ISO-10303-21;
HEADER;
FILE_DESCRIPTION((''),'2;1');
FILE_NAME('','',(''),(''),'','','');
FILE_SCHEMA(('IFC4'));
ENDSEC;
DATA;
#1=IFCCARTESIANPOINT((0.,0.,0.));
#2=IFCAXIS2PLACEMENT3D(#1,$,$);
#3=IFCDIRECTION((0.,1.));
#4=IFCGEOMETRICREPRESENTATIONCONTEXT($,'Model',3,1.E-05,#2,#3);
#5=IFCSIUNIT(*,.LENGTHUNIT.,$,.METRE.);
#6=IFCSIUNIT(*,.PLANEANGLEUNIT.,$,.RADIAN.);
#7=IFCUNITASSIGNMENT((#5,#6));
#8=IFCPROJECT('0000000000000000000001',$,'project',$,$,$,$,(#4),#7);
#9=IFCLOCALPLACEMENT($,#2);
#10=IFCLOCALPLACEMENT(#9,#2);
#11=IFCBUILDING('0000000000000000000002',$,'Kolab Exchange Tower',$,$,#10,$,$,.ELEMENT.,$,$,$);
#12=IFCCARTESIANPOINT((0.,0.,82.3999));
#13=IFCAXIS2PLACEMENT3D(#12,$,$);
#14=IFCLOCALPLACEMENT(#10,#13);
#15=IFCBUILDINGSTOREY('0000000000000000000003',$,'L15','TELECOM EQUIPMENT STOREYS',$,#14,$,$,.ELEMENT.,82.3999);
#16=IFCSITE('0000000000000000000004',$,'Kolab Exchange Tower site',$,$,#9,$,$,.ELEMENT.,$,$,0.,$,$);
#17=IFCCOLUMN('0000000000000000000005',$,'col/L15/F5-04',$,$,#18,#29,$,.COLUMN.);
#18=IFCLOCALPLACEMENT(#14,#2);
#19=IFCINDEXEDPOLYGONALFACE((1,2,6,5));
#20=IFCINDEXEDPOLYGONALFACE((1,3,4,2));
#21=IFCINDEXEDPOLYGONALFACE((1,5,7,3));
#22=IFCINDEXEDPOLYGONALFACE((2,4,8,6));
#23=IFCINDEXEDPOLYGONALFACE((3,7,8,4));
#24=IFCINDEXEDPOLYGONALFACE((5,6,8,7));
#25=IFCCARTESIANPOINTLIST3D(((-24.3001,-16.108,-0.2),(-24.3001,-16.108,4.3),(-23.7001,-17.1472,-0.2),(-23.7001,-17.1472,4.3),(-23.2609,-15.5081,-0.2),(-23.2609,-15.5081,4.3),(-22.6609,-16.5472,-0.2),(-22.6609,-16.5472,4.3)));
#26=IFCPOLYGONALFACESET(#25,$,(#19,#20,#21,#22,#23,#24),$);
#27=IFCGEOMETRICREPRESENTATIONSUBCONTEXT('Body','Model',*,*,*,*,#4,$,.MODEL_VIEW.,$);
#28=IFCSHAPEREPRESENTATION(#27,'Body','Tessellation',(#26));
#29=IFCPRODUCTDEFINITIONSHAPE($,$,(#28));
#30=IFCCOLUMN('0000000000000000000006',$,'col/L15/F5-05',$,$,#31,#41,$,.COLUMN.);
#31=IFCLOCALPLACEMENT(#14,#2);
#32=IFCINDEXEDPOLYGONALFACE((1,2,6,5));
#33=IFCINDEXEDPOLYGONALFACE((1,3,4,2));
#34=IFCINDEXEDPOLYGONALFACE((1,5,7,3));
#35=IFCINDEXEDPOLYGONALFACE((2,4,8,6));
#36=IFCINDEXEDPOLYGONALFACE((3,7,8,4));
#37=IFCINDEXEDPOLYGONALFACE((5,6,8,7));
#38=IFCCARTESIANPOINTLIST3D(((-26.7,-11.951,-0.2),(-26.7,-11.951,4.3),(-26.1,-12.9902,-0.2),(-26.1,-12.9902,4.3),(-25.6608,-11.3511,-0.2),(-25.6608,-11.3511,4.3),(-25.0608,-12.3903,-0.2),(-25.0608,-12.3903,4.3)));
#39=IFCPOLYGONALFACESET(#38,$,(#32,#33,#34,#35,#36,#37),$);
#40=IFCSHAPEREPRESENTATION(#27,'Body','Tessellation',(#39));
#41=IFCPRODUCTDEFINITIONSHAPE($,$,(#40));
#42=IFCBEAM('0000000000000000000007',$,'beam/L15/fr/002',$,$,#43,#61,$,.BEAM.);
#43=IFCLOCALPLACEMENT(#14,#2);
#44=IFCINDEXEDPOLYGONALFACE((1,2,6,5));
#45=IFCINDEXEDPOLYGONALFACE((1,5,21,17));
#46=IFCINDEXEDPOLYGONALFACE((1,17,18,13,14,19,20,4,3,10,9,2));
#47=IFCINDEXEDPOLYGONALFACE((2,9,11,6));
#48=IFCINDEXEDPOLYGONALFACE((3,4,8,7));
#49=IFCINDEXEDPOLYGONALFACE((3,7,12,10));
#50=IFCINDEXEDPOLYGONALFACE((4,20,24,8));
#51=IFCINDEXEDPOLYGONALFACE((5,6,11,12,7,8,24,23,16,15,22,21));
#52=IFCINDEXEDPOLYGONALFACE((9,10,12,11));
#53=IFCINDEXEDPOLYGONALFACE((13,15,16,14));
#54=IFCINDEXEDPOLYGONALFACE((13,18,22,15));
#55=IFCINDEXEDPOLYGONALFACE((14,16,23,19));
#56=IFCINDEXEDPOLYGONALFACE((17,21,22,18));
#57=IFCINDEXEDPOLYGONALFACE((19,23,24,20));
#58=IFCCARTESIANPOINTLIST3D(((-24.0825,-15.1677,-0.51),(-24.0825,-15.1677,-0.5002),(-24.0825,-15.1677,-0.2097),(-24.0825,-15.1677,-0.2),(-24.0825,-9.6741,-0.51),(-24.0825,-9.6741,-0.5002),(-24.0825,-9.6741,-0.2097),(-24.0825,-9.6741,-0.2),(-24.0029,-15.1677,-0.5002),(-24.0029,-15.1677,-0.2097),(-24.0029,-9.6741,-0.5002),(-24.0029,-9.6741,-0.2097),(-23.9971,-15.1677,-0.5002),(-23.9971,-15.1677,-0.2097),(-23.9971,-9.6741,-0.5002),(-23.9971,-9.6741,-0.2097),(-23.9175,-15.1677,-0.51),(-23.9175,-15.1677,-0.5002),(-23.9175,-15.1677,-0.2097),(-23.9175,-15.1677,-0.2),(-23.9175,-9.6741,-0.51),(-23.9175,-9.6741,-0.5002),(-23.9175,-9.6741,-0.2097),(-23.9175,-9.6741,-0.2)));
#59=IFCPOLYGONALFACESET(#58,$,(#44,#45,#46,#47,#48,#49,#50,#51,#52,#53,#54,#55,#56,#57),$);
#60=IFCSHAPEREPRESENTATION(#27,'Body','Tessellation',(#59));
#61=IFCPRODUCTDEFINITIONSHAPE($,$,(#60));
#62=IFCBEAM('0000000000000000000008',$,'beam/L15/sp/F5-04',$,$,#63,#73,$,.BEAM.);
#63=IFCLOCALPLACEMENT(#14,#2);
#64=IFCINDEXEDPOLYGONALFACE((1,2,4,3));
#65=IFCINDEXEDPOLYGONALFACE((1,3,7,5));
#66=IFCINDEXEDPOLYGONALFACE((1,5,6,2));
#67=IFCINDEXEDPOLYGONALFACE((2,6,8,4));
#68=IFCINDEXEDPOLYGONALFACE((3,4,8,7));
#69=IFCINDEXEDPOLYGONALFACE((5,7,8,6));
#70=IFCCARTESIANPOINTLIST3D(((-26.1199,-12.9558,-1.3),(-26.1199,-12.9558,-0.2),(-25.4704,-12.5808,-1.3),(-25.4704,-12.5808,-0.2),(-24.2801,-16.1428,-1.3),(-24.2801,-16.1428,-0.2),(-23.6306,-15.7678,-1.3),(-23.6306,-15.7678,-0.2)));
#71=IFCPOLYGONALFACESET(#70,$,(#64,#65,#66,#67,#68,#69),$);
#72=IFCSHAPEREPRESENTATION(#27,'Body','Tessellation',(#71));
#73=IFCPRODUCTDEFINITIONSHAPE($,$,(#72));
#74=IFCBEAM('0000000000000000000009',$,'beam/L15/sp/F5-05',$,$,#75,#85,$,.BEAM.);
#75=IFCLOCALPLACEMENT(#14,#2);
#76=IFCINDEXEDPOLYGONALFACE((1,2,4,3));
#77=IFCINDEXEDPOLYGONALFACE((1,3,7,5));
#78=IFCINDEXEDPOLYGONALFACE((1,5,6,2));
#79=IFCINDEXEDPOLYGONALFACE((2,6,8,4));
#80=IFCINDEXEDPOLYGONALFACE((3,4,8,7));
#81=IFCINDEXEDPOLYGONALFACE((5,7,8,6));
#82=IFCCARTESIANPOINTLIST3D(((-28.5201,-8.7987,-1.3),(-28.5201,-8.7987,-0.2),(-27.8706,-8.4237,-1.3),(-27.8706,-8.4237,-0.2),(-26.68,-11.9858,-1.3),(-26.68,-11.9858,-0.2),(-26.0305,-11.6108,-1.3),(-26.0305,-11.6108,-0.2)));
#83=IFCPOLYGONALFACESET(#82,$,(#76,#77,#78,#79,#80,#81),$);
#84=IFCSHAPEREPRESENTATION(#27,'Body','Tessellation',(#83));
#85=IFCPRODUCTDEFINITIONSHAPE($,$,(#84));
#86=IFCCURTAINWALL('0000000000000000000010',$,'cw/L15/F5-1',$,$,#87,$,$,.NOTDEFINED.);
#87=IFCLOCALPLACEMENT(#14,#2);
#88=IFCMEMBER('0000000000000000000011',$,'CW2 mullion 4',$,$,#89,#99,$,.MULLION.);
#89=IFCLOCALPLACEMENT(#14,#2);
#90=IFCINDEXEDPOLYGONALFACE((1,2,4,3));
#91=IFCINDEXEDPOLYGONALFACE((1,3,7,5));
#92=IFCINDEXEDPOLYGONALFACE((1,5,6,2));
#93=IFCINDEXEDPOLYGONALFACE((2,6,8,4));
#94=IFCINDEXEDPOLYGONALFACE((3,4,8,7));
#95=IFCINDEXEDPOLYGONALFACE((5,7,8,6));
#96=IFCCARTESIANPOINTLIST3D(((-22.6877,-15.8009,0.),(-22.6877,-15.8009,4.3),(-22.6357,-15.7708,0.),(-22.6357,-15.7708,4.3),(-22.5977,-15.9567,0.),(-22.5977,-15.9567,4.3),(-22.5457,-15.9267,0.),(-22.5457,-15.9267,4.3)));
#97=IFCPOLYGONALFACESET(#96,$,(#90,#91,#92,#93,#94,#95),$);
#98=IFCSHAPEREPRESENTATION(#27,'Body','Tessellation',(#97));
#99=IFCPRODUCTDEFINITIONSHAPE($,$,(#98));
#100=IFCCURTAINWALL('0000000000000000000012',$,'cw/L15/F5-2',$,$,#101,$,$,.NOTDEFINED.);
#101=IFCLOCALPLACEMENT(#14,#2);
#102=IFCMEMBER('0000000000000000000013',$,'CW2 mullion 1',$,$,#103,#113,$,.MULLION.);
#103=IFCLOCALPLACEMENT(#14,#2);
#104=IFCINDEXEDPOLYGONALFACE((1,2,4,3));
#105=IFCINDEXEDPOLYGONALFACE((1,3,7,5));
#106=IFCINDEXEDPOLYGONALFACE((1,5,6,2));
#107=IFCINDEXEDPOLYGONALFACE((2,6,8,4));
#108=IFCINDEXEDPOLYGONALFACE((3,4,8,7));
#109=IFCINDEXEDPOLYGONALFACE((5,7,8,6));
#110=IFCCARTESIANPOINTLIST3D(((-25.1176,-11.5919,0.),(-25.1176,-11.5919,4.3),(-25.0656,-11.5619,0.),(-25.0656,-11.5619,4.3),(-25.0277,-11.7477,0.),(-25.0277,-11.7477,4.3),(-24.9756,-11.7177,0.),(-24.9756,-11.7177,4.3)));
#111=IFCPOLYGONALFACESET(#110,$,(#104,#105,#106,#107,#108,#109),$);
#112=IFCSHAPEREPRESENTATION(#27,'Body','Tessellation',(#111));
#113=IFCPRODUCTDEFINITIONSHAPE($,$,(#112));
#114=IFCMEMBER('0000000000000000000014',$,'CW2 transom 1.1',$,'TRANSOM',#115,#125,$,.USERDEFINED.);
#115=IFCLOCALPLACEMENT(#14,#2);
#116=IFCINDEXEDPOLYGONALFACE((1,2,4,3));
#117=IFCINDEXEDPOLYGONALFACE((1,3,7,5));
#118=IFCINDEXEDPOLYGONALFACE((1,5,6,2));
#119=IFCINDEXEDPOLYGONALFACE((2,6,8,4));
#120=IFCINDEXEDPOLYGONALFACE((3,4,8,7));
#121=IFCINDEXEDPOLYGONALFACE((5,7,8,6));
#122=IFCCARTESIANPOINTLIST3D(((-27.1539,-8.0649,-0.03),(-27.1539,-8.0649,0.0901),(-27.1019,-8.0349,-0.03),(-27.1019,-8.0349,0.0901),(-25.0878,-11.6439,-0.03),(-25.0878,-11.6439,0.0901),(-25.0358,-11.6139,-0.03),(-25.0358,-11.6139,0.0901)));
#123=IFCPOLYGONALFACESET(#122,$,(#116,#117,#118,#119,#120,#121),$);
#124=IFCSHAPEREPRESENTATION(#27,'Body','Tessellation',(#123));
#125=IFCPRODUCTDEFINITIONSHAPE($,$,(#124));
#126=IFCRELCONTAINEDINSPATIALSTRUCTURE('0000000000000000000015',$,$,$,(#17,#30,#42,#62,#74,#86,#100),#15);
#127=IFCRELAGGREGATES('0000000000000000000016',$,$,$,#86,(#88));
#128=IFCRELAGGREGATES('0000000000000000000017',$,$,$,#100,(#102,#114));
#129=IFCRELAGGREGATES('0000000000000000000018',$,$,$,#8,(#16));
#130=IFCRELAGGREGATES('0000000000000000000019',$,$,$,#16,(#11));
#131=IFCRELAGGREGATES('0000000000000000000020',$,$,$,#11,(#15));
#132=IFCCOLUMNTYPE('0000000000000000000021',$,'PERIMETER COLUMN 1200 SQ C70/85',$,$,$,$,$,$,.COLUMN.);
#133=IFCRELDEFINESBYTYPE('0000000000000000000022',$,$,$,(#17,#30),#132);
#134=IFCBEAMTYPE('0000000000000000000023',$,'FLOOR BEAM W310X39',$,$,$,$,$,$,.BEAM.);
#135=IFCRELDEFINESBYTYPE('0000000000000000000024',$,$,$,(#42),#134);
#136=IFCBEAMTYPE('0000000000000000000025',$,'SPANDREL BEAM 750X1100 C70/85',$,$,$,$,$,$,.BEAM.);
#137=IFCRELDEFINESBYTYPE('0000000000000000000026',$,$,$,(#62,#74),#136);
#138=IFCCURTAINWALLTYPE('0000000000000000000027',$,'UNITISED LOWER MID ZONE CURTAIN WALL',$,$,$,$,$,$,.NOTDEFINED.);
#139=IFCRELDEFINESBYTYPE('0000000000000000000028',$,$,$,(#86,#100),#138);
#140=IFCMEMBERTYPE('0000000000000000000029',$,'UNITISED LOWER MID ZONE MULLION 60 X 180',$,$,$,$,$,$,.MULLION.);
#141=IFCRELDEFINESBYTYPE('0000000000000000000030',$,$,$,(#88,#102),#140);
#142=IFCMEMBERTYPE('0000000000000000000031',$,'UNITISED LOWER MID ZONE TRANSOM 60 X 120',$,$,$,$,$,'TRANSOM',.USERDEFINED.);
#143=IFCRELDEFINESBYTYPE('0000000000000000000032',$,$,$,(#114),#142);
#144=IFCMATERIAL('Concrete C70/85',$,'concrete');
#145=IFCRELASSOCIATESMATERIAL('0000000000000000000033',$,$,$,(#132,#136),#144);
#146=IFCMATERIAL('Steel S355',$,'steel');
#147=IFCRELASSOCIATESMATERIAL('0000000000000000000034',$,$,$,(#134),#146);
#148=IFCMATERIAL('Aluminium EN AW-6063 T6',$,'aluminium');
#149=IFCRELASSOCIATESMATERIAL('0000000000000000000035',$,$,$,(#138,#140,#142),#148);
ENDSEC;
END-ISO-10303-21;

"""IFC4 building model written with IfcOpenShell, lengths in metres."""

from ifc_helpers import new_model, si_unit, direction, frame, origin, origin_2d, place, context, subcontext, project, spatial, rectangle, i_section, extrude, material, material_profile, profile_set, type_object, element, aggregate, save


model = new_model("IFC4")

# Units and contexts
model_context = context("Model", 3, precision=1e-05, world=origin(), true_north=direction((0.0, 1.0)))
body_context = subcontext(model_context, "Body", "Model", "MODEL_VIEW")
ifc_project = project(units=[si_unit("LENGTHUNIT", "METRE"), si_unit("PLANEANGLEUNIT", "RADIAN")], contexts=[model_context])

# Site, building, storey
site_placement = place(None, origin())
site = spatial("IfcSite", under=ifc_project, at=site_placement, Name="Kolab Exchange Tower site", CompositionType="ELEMENT", RefElevation=0.0)
building_placement = place(site_placement, origin())
building = spatial("IfcBuilding", under=site, at=building_placement, Name="Kolab Exchange Tower", CompositionType="ELEMENT")
storey_placement = place(building_placement, frame((0.0, 0.0, 82.3999)))
storey = spatial("IfcBuildingStorey", under=building, at=storey_placement, Name="L15", Description="TELECOM EQUIPMENT STOREYS", CompositionType="ELEMENT", Elevation=82.3999)

# Columns
ifc_material_1 = material(Name="Concrete C70/85", Category="concrete")
ifc_material_profile_1 = material_profile(ifc_material_1, rectangle(XDim=1.2, YDim=1.2, at=origin_2d()), Name="RC1200")
ifc_profile_set_1 = profile_set([ifc_material_profile_1], Name="Concrete C70/85")
column_type = type_object("IfcColumnType", Name="PERIMETER COLUMN 1200 SQ C70/85", PredefinedType="COLUMN", material=ifc_profile_set_1)
for number, where, z_axis, x_axis, name in (
    (1, (-23.4805, -16.3276, -0.2), (0.0, 0.0, 1.0), (0.866025, 0.5, 0.0), "col/L15/F5-04"),
    (2, (-25.8804, -12.1707, -0.2), (0.0, 0.0, 1.0), (0.866025, 0.5, 0.0), "col/L15/F5-05"),
):
    element("IfcColumn", number, at=place(storey_placement, frame(where, z_axis=z_axis, x_axis=x_axis)), inside=storey, type_object=column_type, Name=name, PredefinedType="COLUMN", context=body_context, shape_type="SweptSolid", body=[
        extrude(rectangle(XDim=1.2, YDim=1.2, at=origin_2d()), origin(), (0.0, 0.0, 1.0), 4.5),
    ])

# Beams
ifc_material_2 = material(Name="Steel S355", Category="steel")
ifc_material_profile_2 = material_profile(ifc_material_2, i_section(OverallWidth=0.165, OverallDepth=0.3101, WebThickness=0.0059, FlangeThickness=0.0098, at=origin_2d()), Name="W310X39")
ifc_profile_set_2 = profile_set([ifc_material_profile_2], Name="Steel S355")
beam_type_1 = type_object("IfcBeamType", Name="FLOOR BEAM W310X39", PredefinedType="BEAM", material=ifc_profile_set_2)
beam_1_placement = place(storey_placement, frame((-24.0, -15.1677, -0.355), z_axis=(0.0, 1.0, 0.0), x_axis=(-1.0, 0.0, 0.0)))
element("IfcBeam", 3, at=beam_1_placement, inside=storey, type_object=beam_type_1, Name="beam/L15/fr/002", PredefinedType="BEAM", context=body_context, shape_type="SweptSolid", body=[
    extrude(i_section(OverallWidth=0.165, OverallDepth=0.3101, WebThickness=0.0059, FlangeThickness=0.0098, at=origin_2d()), origin(), (0.0, 0.0, 1.0), 5.4937),
])
ifc_material_profile_3 = material_profile(ifc_material_1, rectangle(XDim=0.75, YDim=1.1001, at=origin_2d()), Name="RC750X1100")
ifc_profile_set_3 = profile_set([ifc_material_profile_3], Name="Concrete C70/85")
beam_type_2 = type_object("IfcBeamType", Name="SPANDREL BEAM 750X1100 C70/85", PredefinedType="BEAM", material=ifc_profile_set_3)
beam_2_placement = place(storey_placement, frame((-23.9553, -15.9553, -0.75), z_axis=(-0.499964, 0.866046, 0.0), x_axis=(-0.866046, -0.499964, 0.0)))
element("IfcBeam", 4, at=beam_2_placement, inside=storey, type_object=beam_type_2, Name="beam/L15/sp/F5-04", PredefinedType="BEAM", context=body_context, shape_type="SweptSolid", body=[
    extrude(rectangle(XDim=0.75, YDim=1.1001, at=origin_2d()), origin(), (0.0, 0.0, 1.0), 3.6799),
])
beam_3_placement = place(storey_placement, frame((-26.3552, -11.7983, -0.75), z_axis=(-0.500013, 0.866018, 0.0), x_axis=(-0.866018, -0.500013, 0.0)))
element("IfcBeam", 5, at=beam_3_placement, inside=storey, type_object=beam_type_2, Name="beam/L15/sp/F5-05", PredefinedType="BEAM", context=body_context, shape_type="SweptSolid", body=[
    extrude(rectangle(XDim=0.75, YDim=1.1001, at=origin_2d()), origin(), (0.0, 0.0, 1.0), 3.6802),
])

# Curtain wall, member
ifc_material_3 = material(Name="Aluminium EN AW-6063 T6", Category="aluminium")
curtain_wall_type = type_object("IfcCurtainWallType", Name="UNITISED LOWER MID ZONE CURTAIN WALL", PredefinedType="NOTDEFINED", material=ifc_material_3)
curtain_wall_1_placement = place(storey_placement, origin())
curtain_wall_1 = element("IfcCurtainWall", 6, at=curtain_wall_1_placement, inside=storey, type_object=curtain_wall_type, Name="cw/L15/F5-1", PredefinedType="NOTDEFINED")
ifc_material_profile_4 = material_profile(ifc_material_3, rectangle(XDim=0.0601, YDim=0.1799, at=origin_2d()), Name="RECT 60X180")
ifc_profile_set_4 = profile_set([ifc_material_profile_4], Name="Aluminium EN AW-6063 T6")
member_type_1 = type_object("IfcMemberType", Name="UNITISED LOWER MID ZONE MULLION 60 X 180", PredefinedType="MULLION", material=ifc_profile_set_4)
member_1_placement = place(storey_placement, frame((-22.6167, -15.8638, 0.0), z_axis=(0.0, 0.0, 1.0), x_axis=(-0.866025, -0.5, 0.0)))
member_1 = element("IfcMember", 7, at=member_1_placement, type_object=member_type_1, Name="CW2 mullion 4", PredefinedType="MULLION", context=body_context, shape_type="SweptSolid", body=[
    extrude(rectangle(XDim=0.0601, YDim=0.1799, at=origin_2d()), origin(), (0.0, 0.0, 1.0), 4.3),
])
aggregate(curtain_wall_1, [member_1])

# Curtain wall, members
curtain_wall_2_placement = place(storey_placement, origin())
curtain_wall_2 = element("IfcCurtainWall", 8, at=curtain_wall_2_placement, inside=storey, type_object=curtain_wall_type, Name="cw/L15/F5-2", PredefinedType="NOTDEFINED")
member_2_placement = place(storey_placement, frame((-25.0466, -11.6548, 0.0), z_axis=(0.0, 0.0, 1.0), x_axis=(-0.866025, -0.5, 0.0)))
member_2 = element("IfcMember", 9, at=member_2_placement, type_object=member_type_1, Name="CW2 mullion 1", PredefinedType="MULLION", context=body_context, shape_type="SweptSolid", body=[
    extrude(rectangle(XDim=0.0601, YDim=0.1799, at=origin_2d()), origin(), (0.0, 0.0, 1.0), 4.3),
])
ifc_material_profile_5 = material_profile(ifc_material_3, rectangle(XDim=0.0601, YDim=0.1201, at=origin_2d()), Name="RECT 60X120")
ifc_profile_set_5 = profile_set([ifc_material_profile_5], Name="Aluminium EN AW-6063 T6")
member_type_2 = type_object("IfcMemberType", Name="UNITISED LOWER MID ZONE TRANSOM 60 X 120", ElementType="TRANSOM", PredefinedType="USERDEFINED", material=ifc_profile_set_5)
member_3_placement = place(storey_placement, frame((-25.0618, -11.6289, 0.03), z_axis=(-0.499958, 0.86605, 0.0), x_axis=(-0.86605, -0.499958, 0.0)))
member_3 = element("IfcMember", 10, at=member_3_placement, type_object=member_type_2, Name="CW2 transom 1.1", ObjectType="TRANSOM", PredefinedType="USERDEFINED", context=body_context, shape_type="SweptSolid", body=[
    extrude(rectangle(XDim=0.0601, YDim=0.1201, at=origin_2d()), origin(), (0.0, 0.0, 1.0), 4.1326),
])
aggregate(curtain_wall_2, [member_2, member_3])

save(model, "model.ifc")
